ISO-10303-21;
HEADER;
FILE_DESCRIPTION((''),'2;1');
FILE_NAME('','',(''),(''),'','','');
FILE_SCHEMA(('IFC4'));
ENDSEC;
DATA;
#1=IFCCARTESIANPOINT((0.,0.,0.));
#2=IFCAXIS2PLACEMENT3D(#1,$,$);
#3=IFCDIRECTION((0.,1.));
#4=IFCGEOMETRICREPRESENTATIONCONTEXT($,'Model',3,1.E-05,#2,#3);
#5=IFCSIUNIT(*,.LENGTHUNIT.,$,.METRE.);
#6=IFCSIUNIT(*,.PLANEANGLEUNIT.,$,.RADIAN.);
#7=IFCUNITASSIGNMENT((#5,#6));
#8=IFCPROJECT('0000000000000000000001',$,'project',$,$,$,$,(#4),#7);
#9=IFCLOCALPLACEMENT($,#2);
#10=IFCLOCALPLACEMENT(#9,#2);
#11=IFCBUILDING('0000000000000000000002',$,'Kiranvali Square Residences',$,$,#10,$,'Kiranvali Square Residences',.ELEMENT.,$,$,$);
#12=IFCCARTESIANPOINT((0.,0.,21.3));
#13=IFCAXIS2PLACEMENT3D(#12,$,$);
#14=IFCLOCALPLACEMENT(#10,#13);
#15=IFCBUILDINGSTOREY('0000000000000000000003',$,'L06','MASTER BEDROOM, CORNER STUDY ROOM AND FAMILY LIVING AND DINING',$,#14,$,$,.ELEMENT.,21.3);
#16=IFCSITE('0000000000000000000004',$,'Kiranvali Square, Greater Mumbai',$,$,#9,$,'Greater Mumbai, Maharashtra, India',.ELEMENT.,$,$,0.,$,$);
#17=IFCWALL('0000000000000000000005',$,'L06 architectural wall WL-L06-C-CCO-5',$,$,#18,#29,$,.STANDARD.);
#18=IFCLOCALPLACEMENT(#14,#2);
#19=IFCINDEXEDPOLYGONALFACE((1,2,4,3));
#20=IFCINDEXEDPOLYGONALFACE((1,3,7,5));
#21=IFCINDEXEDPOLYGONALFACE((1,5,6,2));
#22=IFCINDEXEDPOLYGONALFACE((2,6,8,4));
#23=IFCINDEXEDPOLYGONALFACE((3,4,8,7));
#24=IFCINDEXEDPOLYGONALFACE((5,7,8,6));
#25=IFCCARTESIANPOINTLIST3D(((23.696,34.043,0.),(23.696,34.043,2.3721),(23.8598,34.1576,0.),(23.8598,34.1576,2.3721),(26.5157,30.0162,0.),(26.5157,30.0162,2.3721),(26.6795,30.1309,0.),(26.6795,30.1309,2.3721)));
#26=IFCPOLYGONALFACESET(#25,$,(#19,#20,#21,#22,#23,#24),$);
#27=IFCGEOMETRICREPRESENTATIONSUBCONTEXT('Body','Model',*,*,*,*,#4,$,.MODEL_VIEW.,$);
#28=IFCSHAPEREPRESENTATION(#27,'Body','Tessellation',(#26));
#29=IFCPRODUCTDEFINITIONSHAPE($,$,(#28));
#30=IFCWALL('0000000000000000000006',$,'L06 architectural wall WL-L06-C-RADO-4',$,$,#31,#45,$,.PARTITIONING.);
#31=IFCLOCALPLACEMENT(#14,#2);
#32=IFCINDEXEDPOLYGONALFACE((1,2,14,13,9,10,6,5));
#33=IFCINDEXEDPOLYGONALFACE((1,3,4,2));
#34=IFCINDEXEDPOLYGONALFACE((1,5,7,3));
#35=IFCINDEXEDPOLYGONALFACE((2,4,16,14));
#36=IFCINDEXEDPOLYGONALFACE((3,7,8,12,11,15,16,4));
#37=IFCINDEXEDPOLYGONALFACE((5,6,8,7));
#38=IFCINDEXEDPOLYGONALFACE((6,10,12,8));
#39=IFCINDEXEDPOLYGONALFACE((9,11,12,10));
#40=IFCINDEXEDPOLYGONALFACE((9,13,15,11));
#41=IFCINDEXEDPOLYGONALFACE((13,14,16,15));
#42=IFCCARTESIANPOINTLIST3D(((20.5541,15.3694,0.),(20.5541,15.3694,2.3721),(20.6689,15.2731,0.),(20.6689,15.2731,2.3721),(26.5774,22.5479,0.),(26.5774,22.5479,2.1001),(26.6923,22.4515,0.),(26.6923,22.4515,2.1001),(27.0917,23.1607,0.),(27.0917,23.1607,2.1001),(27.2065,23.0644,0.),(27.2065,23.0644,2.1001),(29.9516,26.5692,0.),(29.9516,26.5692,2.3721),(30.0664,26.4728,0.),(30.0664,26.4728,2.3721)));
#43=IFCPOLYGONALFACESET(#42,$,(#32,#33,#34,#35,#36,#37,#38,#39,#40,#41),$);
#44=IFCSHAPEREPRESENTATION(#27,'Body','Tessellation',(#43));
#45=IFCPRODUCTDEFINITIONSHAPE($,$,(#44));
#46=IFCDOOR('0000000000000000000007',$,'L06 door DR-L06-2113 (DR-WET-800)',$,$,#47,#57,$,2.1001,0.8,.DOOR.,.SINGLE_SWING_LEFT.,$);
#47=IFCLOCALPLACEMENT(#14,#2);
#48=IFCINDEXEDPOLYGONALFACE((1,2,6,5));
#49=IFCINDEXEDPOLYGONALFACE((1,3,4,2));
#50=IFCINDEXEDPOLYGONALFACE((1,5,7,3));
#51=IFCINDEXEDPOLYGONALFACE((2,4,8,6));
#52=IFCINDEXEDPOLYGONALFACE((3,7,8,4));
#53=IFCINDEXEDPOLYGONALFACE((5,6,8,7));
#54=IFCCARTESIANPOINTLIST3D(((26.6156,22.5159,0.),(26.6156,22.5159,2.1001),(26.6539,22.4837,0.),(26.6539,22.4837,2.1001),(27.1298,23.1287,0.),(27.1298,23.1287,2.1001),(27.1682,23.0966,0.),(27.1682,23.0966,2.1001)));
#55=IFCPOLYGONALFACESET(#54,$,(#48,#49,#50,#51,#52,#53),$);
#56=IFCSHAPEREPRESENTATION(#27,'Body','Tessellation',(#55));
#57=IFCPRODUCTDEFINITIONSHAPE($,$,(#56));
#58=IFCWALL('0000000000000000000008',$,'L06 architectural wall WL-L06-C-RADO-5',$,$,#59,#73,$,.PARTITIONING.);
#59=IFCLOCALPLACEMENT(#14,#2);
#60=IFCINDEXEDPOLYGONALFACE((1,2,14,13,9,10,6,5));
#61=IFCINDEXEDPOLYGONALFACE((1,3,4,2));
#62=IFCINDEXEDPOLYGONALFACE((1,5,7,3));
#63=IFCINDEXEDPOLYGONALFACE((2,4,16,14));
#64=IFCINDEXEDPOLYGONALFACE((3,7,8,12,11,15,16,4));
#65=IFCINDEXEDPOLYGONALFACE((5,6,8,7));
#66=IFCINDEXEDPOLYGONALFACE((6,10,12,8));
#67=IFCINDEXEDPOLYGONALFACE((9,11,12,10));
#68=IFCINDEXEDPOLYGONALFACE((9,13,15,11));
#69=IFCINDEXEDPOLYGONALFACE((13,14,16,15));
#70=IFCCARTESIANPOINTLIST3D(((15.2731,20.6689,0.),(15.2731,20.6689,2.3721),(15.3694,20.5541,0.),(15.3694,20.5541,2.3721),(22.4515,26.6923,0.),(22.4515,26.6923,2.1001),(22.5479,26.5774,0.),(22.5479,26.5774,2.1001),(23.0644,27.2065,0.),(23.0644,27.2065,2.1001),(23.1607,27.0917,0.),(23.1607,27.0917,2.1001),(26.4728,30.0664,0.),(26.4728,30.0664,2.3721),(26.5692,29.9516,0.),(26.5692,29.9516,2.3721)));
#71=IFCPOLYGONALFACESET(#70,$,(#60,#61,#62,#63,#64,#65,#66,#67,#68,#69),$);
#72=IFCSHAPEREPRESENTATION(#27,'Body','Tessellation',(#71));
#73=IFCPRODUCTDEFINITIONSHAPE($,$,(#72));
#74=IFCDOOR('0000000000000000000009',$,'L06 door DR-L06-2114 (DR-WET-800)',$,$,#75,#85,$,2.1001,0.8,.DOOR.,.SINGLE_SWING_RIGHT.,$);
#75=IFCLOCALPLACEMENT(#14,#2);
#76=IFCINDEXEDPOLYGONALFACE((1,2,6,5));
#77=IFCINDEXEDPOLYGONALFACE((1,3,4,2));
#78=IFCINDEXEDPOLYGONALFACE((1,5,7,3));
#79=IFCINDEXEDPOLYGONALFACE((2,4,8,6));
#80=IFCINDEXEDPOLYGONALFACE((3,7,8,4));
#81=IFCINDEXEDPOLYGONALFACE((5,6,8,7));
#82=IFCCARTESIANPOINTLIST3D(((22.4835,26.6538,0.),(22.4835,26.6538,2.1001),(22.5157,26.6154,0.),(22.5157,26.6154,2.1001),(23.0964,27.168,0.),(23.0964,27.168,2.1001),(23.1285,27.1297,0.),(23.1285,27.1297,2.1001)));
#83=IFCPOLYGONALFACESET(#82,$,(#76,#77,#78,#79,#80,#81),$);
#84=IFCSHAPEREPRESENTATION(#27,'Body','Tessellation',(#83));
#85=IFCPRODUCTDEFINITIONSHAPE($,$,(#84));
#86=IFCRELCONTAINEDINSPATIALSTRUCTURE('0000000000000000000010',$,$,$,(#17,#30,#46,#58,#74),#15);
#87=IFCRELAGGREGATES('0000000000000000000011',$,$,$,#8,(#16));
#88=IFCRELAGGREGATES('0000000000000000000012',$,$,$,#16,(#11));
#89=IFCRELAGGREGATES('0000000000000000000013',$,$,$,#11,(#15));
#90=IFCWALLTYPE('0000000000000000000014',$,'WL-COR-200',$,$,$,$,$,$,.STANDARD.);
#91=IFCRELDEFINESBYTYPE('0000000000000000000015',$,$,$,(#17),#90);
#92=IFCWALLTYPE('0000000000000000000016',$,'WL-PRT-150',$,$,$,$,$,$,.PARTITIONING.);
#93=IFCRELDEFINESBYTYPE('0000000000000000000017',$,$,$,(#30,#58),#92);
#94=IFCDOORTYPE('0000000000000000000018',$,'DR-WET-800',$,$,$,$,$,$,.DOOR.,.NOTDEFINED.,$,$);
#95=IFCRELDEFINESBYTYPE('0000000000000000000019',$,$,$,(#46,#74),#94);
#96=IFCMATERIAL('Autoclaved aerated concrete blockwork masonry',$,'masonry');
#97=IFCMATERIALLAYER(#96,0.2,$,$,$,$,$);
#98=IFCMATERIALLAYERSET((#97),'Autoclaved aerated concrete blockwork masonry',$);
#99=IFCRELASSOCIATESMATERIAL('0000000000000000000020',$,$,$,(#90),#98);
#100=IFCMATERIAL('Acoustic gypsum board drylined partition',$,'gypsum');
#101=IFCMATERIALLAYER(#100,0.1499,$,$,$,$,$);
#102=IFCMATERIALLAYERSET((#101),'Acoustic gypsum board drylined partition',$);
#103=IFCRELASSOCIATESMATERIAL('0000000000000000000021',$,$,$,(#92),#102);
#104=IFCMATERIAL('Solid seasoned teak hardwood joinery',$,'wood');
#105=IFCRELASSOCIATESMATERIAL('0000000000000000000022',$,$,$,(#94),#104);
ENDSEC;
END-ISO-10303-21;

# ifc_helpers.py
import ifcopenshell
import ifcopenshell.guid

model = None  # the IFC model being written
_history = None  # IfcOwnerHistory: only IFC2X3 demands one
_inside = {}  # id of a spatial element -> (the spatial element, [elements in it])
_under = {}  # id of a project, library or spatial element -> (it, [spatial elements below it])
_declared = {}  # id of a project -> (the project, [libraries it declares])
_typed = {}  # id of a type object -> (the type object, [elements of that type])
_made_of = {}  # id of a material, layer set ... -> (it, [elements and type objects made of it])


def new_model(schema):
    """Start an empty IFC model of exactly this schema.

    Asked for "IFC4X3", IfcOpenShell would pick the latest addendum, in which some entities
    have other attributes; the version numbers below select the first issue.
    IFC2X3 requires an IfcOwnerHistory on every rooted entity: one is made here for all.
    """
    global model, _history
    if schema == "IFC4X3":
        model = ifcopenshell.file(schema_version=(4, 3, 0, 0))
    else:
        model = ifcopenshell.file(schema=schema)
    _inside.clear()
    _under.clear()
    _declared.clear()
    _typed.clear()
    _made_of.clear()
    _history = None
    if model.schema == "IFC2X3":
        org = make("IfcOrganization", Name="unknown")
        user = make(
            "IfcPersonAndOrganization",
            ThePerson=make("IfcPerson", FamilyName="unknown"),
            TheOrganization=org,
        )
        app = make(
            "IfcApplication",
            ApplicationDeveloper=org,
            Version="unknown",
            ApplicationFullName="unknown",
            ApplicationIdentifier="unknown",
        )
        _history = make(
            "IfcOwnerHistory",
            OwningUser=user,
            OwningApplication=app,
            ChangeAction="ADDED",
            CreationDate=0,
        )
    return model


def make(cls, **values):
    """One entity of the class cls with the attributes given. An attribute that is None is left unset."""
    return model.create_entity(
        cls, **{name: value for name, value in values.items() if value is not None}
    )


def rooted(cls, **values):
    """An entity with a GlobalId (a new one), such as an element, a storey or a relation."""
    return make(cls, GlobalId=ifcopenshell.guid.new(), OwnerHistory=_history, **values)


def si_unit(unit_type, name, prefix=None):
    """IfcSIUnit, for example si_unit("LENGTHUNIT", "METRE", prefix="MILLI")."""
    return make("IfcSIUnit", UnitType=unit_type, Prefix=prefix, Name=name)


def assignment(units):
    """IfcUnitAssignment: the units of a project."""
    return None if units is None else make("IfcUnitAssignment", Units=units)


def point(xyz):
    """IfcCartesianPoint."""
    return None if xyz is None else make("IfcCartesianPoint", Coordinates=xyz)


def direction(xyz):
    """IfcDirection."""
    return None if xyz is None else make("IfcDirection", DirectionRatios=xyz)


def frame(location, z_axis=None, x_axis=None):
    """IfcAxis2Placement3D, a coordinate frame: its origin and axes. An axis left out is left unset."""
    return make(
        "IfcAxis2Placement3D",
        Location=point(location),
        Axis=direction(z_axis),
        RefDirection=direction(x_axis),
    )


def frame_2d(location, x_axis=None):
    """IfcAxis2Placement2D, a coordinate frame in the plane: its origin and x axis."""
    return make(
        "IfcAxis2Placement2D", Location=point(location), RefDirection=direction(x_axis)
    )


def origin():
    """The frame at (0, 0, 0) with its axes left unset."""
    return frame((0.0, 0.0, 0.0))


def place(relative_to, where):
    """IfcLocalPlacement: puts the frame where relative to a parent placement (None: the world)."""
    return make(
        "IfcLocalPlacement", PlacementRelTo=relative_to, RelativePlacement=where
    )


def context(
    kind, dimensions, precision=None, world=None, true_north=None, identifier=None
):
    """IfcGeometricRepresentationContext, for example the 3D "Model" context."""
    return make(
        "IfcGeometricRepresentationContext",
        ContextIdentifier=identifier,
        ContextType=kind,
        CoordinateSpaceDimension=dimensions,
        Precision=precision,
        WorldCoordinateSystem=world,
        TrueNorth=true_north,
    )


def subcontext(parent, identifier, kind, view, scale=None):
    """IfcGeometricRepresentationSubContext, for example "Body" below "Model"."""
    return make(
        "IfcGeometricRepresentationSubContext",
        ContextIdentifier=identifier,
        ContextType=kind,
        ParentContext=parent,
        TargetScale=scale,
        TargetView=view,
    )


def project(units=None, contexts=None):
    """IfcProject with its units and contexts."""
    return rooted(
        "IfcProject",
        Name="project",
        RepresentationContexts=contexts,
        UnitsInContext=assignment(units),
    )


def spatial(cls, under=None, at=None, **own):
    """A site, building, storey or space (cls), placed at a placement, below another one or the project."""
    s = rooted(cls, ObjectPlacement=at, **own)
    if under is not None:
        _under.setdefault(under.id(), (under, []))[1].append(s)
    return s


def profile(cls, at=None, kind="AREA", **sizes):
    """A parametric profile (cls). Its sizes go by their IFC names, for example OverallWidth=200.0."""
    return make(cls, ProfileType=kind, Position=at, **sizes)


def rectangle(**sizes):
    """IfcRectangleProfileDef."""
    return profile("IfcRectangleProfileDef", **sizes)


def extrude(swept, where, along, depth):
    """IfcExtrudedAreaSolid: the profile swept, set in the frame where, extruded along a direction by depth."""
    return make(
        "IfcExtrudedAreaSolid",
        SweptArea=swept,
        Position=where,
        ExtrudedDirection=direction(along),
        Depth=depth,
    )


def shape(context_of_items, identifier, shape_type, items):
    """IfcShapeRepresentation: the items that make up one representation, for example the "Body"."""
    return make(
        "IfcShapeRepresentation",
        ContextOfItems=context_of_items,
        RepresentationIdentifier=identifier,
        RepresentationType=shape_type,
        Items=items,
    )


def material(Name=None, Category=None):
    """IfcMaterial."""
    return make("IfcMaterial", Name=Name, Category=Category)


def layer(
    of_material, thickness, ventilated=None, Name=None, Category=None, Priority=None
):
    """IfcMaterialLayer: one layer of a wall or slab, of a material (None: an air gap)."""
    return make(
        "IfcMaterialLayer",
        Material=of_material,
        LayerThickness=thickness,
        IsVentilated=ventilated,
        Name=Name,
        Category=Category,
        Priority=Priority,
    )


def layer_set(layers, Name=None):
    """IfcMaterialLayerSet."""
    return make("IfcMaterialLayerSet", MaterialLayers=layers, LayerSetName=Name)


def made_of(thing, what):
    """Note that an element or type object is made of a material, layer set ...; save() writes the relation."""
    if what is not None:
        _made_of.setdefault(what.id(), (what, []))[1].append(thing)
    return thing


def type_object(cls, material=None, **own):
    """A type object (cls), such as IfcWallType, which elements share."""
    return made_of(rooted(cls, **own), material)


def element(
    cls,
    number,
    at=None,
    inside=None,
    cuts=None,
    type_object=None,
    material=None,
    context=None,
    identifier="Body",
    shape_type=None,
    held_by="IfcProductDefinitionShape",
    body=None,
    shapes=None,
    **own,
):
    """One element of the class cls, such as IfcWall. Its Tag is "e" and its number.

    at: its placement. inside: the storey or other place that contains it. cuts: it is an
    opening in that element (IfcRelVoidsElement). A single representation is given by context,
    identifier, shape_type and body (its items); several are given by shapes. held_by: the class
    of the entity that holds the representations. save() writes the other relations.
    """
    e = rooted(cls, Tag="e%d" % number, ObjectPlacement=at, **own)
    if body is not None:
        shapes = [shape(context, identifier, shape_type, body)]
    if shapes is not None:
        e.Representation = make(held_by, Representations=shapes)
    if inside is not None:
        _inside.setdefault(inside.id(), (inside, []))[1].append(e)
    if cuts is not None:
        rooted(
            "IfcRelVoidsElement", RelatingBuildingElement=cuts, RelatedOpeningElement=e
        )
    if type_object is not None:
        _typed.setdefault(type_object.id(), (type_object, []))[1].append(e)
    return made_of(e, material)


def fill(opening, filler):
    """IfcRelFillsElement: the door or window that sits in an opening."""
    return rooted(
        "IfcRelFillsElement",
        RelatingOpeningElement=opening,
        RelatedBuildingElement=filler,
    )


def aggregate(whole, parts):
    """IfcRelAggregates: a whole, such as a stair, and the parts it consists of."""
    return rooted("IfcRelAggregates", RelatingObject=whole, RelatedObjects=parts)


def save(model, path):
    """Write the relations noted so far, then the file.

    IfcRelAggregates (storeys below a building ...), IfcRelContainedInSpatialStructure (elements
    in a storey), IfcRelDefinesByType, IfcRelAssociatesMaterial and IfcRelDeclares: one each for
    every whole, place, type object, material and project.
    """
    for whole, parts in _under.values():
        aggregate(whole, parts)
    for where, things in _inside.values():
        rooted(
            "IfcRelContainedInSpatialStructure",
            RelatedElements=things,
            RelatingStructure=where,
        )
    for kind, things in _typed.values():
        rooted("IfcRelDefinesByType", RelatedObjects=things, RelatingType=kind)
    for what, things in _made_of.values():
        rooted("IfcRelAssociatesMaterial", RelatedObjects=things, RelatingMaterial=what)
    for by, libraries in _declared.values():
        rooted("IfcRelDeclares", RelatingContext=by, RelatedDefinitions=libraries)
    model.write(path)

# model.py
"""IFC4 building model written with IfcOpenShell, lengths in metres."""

from ifc_helpers import new_model, si_unit, direction, frame, frame_2d, origin, place, context, subcontext, project, spatial, rectangle, extrude, material, layer, layer_set, type_object, element, fill, save


model = new_model("IFC4")

# Units and contexts
model_context = context("Model", 3, precision=1e-05, world=origin(), true_north=direction((0.0, 1.0)))
body_context = subcontext(model_context, "Body", "Model", "MODEL_VIEW")
ifc_project = project(units=[si_unit("LENGTHUNIT", "METRE"), si_unit("PLANEANGLEUNIT", "RADIAN")], contexts=[model_context])

# Site, building, storey
site_placement = place(None, origin())
site = spatial("IfcSite", under=ifc_project, at=site_placement, Name="Kiranvali Square, Greater Mumbai", LongName="Greater Mumbai, Maharashtra, India", CompositionType="ELEMENT", RefElevation=0.0)
building_placement = place(site_placement, origin())
building = spatial("IfcBuilding", under=site, at=building_placement, Name="Kiranvali Square Residences", LongName="Kiranvali Square Residences", CompositionType="ELEMENT")
storey_placement = place(building_placement, frame((0.0, 0.0, 21.3)))
storey = spatial("IfcBuildingStorey", under=building, at=storey_placement, Name="L06", Description="MASTER BEDROOM, CORNER STUDY ROOM AND FAMILY LIVING AND DINING", CompositionType="ELEMENT", Elevation=21.3)

# Shared definitions
ifc_material_1 = material(Name="Autoclaved aerated concrete blockwork masonry", Category="masonry")
ifc_layer_1 = layer(ifc_material_1, 0.2)
ifc_layer_set_1 = layer_set([ifc_layer_1], Name="Autoclaved aerated concrete blockwork masonry")
wall_type_1 = type_object("IfcWallType", Name="WL-COR-200", PredefinedType="STANDARD", material=ifc_layer_set_1)

# Wall
wall_1_placement = place(storey_placement, frame((26.5977, 30.0735, 0.0), z_axis=(0.0, 0.0, 1.0), x_axis=(-0.573592, 0.819141, 0.0)))
element("IfcWall", 1, at=wall_1_placement, inside=storey, type_object=wall_type_1, Name="L06 architectural wall WL-L06-C-CCO-5", PredefinedType="STANDARD", context=body_context, shape_type="SweptSolid", body=[
    extrude(rectangle(XDim=4.9158, YDim=0.2, at=frame_2d((2.458, 0.0))), origin(), (0.0, 0.0, 1.0), 2.3721),
])

# Walls, openings, doors
ifc_material_2 = material(Name="Acoustic gypsum board drylined partition", Category="gypsum")
ifc_layer_2 = layer(ifc_material_2, 0.1499)
ifc_layer_set_2 = layer_set([ifc_layer_2], Name="Acoustic gypsum board drylined partition")
wall_type_2 = type_object("IfcWallType", Name="WL-PRT-150", PredefinedType="PARTITIONING", material=ifc_layer_set_2)
wall_2_placement = place(storey_placement, frame((30.009, 26.521, 0.0), z_axis=(0.0, 0.0, 1.0), x_axis=(-0.642779, -0.766051, 0.0)))
wall_2 = element("IfcWall", 2, at=wall_2_placement, inside=storey, type_object=wall_type_2, Name="L06 architectural wall WL-L06-C-RADO-4", PredefinedType="PARTITIONING", context=body_context, shape_type="SweptSolid", body=[
    extrude(rectangle(XDim=14.6201, YDim=0.1499, at=frame_2d((7.3101, 0.0))), origin(), (0.0, 0.0, 1.0), 2.3721),
])
opening_1_placement = place(wall_2_placement, frame((4.4495, 0.0, 0.0)))
opening_1 = element("IfcOpeningElement", 3, at=opening_1_placement, cuts=wall_2, PredefinedType="OPENING", context=body_context, shape_type="SweptSolid", body=[
    extrude(rectangle(XDim=0.8, YDim=2.1001, at=frame_2d((0.3999, 1.05))), frame((0.0, 0.085, 0.0), z_axis=(0.0, -1.0, 0.0), x_axis=(1.0, 0.0, 0.0)), (0.0, 0.0, 1.0), 0.1699),
])
ifc_material_3 = material(Name="Solid seasoned teak hardwood joinery", Category="wood")
door_type_1 = type_object("IfcDoorType", Name="DR-WET-800", OperationType="NOTDEFINED", PredefinedType="DOOR", material=ifc_material_3)
door_1_placement = place(opening_1_placement, origin())
door_1 = element("IfcDoor", 4, at=door_1_placement, inside=storey, type_object=door_type_1, Name="L06 door DR-L06-2113 (DR-WET-800)", OperationType="SINGLE_SWING_LEFT", OverallHeight=2.1001, OverallWidth=0.8, PredefinedType="DOOR", context=body_context, shape_type="SweptSolid", body=[
    extrude(rectangle(XDim=0.8, YDim=2.1001, at=frame_2d((0.3999, 1.05))), frame((0.0, 0.0249, 0.0), z_axis=(0.0, -1.0, 0.0), x_axis=(1.0, 0.0, 0.0)), (0.0, 0.0, 1.0), 0.05),
])
fill(opening_1, door_1)
wall_3_placement = place(storey_placement, frame((26.521, 30.009, 0.0), z_axis=(0.0, 0.0, 1.0), x_axis=(-0.766051, -0.642779, 0.0)))
wall_3 = element("IfcWall", 5, at=wall_3_placement, inside=storey, type_object=wall_type_2, Name="L06 architectural wall WL-L06-C-RADO-5", PredefinedType="PARTITIONING", context=body_context, shape_type="SweptSolid", body=[
    extrude(rectangle(XDim=14.6201, YDim=0.1499, at=frame_2d((7.3101, 0.0))), origin(), (0.0, 0.0, 1.0), 2.3721),
])
opening_2_placement = place(wall_3_placement, frame((4.4495, 0.0, 0.0)))
opening_2 = element("IfcOpeningElement", 6, at=opening_2_placement, cuts=wall_3, PredefinedType="OPENING", context=body_context, shape_type="SweptSolid", body=[
    extrude(rectangle(XDim=0.8, YDim=2.1001, at=frame_2d((0.3999, 1.05))), frame((0.0, 0.085, 0.0), z_axis=(0.0, -1.0, 0.0), x_axis=(1.0, 0.0, 0.0)), (0.0, 0.0, 1.0), 0.1699),
])
door_2_placement = place(opening_2_placement, frame((0.8, 0.0, 0.0), z_axis=(0.0, 0.0, 1.0), x_axis=(-1.0, 0.0, 0.0)))
door_2 = element("IfcDoor", 7, at=door_2_placement, inside=storey, type_object=door_type_1, Name="L06 door DR-L06-2114 (DR-WET-800)", OperationType="SINGLE_SWING_RIGHT", OverallHeight=2.1001, OverallWidth=0.8, PredefinedType="DOOR", context=body_context, shape_type="SweptSolid", body=[
    extrude(rectangle(XDim=0.8, YDim=2.1001, at=frame_2d((0.3999, 1.05))), frame((0.0, 0.0249, 0.0), z_axis=(0.0, -1.0, 0.0), x_axis=(1.0, 0.0, 0.0)), (0.0, 0.0, 1.0), 0.05),
])
fill(opening_2, door_2)

save(model, "model.ifc")
